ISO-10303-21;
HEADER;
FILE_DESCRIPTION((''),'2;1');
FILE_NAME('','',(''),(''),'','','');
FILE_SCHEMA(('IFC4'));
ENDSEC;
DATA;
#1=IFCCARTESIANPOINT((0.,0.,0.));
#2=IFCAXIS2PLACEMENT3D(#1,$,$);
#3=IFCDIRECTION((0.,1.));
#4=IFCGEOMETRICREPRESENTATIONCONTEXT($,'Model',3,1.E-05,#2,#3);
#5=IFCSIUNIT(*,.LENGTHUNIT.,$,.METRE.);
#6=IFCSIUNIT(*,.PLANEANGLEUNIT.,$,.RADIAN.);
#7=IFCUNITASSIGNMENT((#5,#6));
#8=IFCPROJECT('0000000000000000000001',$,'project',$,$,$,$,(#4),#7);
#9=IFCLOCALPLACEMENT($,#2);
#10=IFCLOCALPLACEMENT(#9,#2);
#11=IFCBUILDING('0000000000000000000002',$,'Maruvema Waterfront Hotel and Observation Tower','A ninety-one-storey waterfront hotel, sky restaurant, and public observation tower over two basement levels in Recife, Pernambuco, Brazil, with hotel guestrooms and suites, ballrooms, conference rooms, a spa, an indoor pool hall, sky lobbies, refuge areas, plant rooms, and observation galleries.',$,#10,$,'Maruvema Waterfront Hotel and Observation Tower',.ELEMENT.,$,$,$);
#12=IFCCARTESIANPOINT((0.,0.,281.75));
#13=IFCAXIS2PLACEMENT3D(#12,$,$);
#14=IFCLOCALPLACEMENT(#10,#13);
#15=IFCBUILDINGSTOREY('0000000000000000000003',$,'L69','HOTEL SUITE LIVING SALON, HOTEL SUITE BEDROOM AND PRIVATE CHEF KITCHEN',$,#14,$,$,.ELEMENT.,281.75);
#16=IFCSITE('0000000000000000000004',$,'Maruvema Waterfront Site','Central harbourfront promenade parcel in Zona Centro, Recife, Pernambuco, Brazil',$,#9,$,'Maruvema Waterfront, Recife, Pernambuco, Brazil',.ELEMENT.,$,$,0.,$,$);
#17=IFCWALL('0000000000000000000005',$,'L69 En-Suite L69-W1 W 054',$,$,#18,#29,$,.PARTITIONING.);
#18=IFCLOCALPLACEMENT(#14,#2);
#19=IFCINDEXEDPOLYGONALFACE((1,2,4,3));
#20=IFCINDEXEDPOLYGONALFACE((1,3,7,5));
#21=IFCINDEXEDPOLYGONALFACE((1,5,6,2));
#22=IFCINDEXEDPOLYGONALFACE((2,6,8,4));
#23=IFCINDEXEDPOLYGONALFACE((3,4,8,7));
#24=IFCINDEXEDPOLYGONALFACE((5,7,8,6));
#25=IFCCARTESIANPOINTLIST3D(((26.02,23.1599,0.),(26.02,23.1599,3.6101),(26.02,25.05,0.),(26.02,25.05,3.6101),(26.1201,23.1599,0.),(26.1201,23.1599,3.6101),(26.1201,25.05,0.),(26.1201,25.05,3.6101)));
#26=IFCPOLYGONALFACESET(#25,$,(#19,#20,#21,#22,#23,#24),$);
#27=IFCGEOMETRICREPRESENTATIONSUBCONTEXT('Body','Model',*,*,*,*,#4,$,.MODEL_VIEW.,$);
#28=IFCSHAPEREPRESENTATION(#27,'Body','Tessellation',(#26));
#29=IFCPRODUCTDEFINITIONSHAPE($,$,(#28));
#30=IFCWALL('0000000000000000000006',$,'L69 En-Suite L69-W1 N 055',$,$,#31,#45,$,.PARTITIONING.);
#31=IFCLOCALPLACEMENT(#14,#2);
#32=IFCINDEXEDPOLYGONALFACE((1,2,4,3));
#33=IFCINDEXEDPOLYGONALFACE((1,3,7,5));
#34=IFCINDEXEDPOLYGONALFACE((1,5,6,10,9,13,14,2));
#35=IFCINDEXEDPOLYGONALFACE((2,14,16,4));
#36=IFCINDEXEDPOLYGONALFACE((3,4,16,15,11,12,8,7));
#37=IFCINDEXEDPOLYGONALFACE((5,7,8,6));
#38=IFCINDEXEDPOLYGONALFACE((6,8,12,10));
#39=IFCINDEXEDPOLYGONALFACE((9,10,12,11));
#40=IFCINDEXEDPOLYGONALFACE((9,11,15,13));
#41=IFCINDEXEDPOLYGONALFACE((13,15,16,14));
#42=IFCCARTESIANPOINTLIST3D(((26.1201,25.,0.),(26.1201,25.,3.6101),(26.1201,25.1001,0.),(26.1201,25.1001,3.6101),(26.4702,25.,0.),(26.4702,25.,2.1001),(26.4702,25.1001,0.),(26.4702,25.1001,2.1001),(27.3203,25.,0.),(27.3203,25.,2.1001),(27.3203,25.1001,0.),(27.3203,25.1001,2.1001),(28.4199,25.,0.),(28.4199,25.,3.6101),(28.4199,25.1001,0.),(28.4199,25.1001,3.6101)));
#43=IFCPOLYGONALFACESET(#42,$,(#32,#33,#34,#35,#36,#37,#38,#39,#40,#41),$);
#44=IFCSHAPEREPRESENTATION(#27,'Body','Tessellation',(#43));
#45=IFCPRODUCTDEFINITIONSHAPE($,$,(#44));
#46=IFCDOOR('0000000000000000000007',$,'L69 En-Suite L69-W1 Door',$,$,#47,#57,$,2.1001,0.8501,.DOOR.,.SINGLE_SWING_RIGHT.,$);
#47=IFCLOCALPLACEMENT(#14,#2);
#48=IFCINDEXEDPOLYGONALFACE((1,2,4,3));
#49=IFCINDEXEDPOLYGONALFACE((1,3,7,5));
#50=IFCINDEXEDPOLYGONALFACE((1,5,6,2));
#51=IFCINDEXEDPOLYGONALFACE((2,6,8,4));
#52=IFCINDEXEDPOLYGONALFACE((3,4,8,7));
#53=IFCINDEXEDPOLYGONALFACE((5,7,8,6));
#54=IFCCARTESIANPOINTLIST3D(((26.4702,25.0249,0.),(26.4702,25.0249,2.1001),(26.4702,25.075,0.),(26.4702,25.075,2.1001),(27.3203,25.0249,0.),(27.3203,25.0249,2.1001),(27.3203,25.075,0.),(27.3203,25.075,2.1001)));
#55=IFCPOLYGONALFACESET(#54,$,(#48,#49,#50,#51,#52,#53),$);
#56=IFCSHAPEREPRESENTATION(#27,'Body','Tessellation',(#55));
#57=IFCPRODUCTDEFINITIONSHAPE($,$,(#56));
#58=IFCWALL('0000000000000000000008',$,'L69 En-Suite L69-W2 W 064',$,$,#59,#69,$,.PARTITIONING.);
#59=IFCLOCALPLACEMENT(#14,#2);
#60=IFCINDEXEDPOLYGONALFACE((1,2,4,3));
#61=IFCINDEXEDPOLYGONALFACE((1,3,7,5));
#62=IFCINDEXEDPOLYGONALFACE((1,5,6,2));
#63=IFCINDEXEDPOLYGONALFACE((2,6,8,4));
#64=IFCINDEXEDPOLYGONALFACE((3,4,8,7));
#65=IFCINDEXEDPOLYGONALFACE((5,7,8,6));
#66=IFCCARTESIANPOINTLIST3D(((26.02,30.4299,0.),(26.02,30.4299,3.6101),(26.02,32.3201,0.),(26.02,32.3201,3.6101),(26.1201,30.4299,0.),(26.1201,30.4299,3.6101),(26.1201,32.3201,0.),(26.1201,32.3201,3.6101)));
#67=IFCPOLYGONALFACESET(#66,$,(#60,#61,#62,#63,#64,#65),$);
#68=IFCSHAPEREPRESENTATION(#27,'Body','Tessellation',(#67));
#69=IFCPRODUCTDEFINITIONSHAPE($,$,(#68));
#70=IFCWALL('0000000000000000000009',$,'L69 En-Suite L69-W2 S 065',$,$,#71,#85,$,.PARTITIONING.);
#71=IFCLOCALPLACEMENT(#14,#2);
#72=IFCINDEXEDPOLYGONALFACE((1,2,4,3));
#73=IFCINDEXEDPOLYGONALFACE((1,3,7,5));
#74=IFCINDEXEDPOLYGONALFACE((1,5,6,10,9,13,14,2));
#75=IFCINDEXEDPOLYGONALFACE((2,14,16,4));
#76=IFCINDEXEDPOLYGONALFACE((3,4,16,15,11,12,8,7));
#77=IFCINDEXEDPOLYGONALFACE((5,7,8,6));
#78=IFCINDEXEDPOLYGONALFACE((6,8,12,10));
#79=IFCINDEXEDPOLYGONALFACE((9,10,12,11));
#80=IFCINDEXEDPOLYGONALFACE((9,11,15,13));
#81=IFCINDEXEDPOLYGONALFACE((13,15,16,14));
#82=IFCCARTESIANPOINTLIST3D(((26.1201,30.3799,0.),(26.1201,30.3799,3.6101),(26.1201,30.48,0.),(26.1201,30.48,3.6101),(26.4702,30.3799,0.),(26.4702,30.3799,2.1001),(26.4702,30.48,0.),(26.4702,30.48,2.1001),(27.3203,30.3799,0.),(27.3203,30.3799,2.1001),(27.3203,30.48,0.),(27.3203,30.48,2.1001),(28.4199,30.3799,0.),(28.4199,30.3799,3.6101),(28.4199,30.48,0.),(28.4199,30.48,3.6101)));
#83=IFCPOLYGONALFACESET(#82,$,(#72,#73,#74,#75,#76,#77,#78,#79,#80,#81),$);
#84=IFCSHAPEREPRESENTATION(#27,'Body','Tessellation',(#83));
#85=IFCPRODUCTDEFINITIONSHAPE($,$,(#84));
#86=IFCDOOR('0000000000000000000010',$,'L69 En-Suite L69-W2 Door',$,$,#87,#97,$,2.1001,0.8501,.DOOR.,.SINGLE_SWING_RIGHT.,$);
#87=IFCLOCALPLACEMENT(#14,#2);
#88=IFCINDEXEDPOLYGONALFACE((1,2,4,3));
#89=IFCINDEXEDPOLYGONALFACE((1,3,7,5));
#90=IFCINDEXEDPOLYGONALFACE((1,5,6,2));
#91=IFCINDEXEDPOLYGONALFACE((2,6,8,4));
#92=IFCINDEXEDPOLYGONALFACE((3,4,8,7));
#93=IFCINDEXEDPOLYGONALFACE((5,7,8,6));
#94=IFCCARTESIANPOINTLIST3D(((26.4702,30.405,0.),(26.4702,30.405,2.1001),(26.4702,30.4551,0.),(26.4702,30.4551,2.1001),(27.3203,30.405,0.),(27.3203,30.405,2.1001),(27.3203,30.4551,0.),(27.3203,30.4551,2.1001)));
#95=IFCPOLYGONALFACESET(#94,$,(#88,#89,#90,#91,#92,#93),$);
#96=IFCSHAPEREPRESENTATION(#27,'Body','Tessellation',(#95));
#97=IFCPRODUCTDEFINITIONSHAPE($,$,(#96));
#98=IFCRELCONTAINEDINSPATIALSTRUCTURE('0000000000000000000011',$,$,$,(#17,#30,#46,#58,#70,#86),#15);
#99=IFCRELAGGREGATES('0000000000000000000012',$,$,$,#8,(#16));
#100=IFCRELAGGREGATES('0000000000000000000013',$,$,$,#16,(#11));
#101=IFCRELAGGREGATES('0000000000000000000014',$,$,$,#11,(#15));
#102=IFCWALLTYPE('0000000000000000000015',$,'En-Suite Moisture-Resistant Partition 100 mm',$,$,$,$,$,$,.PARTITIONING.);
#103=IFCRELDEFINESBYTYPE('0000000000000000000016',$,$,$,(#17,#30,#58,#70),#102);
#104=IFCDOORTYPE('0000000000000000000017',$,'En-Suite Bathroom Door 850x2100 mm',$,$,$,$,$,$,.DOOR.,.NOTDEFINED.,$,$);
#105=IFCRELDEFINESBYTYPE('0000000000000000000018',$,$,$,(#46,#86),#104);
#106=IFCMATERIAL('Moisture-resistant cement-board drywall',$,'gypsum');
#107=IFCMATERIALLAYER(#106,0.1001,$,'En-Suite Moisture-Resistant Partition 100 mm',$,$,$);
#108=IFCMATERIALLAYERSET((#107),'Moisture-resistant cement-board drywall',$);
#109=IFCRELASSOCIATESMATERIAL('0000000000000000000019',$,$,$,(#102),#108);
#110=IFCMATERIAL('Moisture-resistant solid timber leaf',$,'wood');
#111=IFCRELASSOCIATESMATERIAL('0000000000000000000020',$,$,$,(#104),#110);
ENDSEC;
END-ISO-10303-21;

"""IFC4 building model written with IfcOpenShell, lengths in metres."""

from ifc_helpers import new_model, si_unit, direction, frame, frame_2d, origin, place, context, subcontext, project, spatial, rectangle, extrude, material, layer, layer_set, type_object, element, fill, save


model = new_model("IFC4")

# Units and contexts
model_context = context("Model", 3, precision=1e-05, world=origin(), true_north=direction((0.0, 1.0)))
body_context = subcontext(model_context, "Body", "Model", "MODEL_VIEW")
ifc_project = project(units=[si_unit("LENGTHUNIT", "METRE"), si_unit("PLANEANGLEUNIT", "RADIAN")], contexts=[model_context])

# Site, building, storey
site_placement = place(None, origin())
site = spatial("IfcSite", under=ifc_project, at=site_placement, Name="Maruvema Waterfront Site", Description="Central harbourfront promenade parcel in Zona Centro, Recife, Pernambuco, Brazil", LongName="Maruvema Waterfront, Recife, Pernambuco, Brazil", CompositionType="ELEMENT", RefElevation=0.0)
building_placement = place(site_placement, origin())
building = spatial("IfcBuilding", under=site, at=building_placement, Name="Maruvema Waterfront Hotel and Observation Tower", Description="A ninety-one-storey waterfront hotel, sky restaurant, and public observation tower over two basement levels in Recife, Pernambuco, Brazil, with hotel guestrooms and suites, ballrooms, conference rooms, a spa, an indoor pool hall, sky lobbies, refuge areas, plant rooms, and observation galleries.", LongName="Maruvema Waterfront Hotel and Observation Tower", CompositionType="ELEMENT")
storey_placement = place(building_placement, frame((0.0, 0.0, 281.75)))
storey = spatial("IfcBuildingStorey", under=building, at=storey_placement, Name="L69", Description="HOTEL SUITE LIVING SALON, HOTEL SUITE BEDROOM AND PRIVATE CHEF KITCHEN", CompositionType="ELEMENT", Elevation=281.75)

# Wall
ifc_material_1 = material(Name="Moisture-resistant cement-board drywall", Category="gypsum")
ifc_layer_1 = layer(ifc_material_1, 0.1001, Name="En-Suite Moisture-Resistant Partition 100 mm")
ifc_layer_set_1 = layer_set([ifc_layer_1], Name="Moisture-resistant cement-board drywall")
wall_type_1 = type_object("IfcWallType", Name="En-Suite Moisture-Resistant Partition 100 mm", PredefinedType="PARTITIONING", material=ifc_layer_set_1)
wall_1_placement = place(storey_placement, frame((26.0701, 23.1599, 0.0), z_axis=(0.0, 0.0, 1.0), x_axis=(0.0, 1.0, 0.0)))
element("IfcWall", 1, at=wall_1_placement, inside=storey, type_object=wall_type_1, Name="L69 En-Suite L69-W1 W 054", PredefinedType="PARTITIONING", context=body_context, shape_type="SweptSolid", body=[
    extrude(rectangle(XDim=1.8901, YDim=0.1001, at=frame_2d((0.9451, 0.0))), origin(), (0.0, 0.0, 1.0), 3.6101),
])

# Wall, opening, door
wall_2_placement = place(storey_placement, frame((26.1201, 25.05, 0.0), z_axis=(0.0, 0.0, 1.0), x_axis=(1.0, 0.0, 0.0)))
wall_2 = element("IfcWall", 2, at=wall_2_placement, inside=storey, type_object=wall_type_1, Name="L69 En-Suite L69-W1 N 055", PredefinedType="PARTITIONING", context=body_context, shape_type="SweptSolid", body=[
    extrude(rectangle(XDim=2.2998, YDim=0.1001, at=frame_2d((1.1499, 0.0))), origin(), (0.0, 0.0, 1.0), 3.6101),
])
opening_1_placement = place(wall_2_placement, frame((0.3501, 0.0, 0.0)))
opening_1 = element("IfcOpeningElement", 3, at=opening_1_placement, cuts=wall_2, PredefinedType="OPENING", context=body_context, shape_type="SweptSolid", body=[
    extrude(rectangle(XDim=0.8501, YDim=2.1001, at=frame_2d((0.425, 1.05))), frame((0.0, 0.0601, 0.0), z_axis=(0.0, -1.0, 0.0), x_axis=(1.0, 0.0, 0.0)), (0.0, 0.0, 1.0), 0.1201),
])
ifc_material_2 = material(Name="Moisture-resistant solid timber leaf", Category="wood")
door_type_1 = type_object("IfcDoorType", Name="En-Suite Bathroom Door 850x2100 mm", OperationType="NOTDEFINED", PredefinedType="DOOR", material=ifc_material_2)
door_1_placement = place(opening_1_placement, origin())
door_1 = element("IfcDoor", 4, at=door_1_placement, inside=storey, type_object=door_type_1, Name="L69 En-Suite L69-W1 Door", OperationType="SINGLE_SWING_RIGHT", OverallHeight=2.1001, OverallWidth=0.8501, PredefinedType="DOOR", context=body_context, shape_type="SweptSolid", body=[
    extrude(rectangle(XDim=0.8501, YDim=2.1001, at=frame_2d((0.425, 1.05))), frame((0.0, 0.0249, 0.0), z_axis=(0.0, -1.0, 0.0), x_axis=(1.0, 0.0, 0.0)), (0.0, 0.0, 1.0), 0.05),
])
fill(opening_1, door_1)

# Wall
wall_3_placement = place(storey_placement, frame((26.0701, 30.4299, 0.0), z_axis=(0.0, 0.0, 1.0), x_axis=(0.0, 1.0, 0.0)))
element("IfcWall", 5, at=wall_3_placement, inside=storey, type_object=wall_type_1, Name="L69 En-Suite L69-W2 W 064", PredefinedType="PARTITIONING", context=body_context, shape_type="SweptSolid", body=[
    extrude(rectangle(XDim=1.8901, YDim=0.1001, at=frame_2d((0.9451, 0.0))), origin(), (0.0, 0.0, 1.0), 3.6101),
])

# Wall, opening, door
wall_4_placement = place(storey_placement, frame((26.1201, 30.4299, 0.0), z_axis=(0.0, 0.0, 1.0), x_axis=(1.0, 0.0, 0.0)))
wall_4 = element("IfcWall", 6, at=wall_4_placement, inside=storey, type_object=wall_type_1, Name="L69 En-Suite L69-W2 S 065", PredefinedType="PARTITIONING", context=body_context, shape_type="SweptSolid", body=[
    extrude(rectangle(XDim=2.2998, YDim=0.1001, at=frame_2d((1.1499, 0.0))), origin(), (0.0, 0.0, 1.0), 3.6101),
])
opening_2_placement = place(wall_4_placement, frame((0.3501, 0.0, 0.0)))
opening_2 = element("IfcOpeningElement", 7, at=opening_2_placement, cuts=wall_4, PredefinedType="OPENING", context=body_context, shape_type="SweptSolid", body=[
    extrude(rectangle(XDim=0.8501, YDim=2.1001, at=frame_2d((0.425, 1.05))), frame((0.0, 0.0601, 0.0), z_axis=(0.0, -1.0, 0.0), x_axis=(1.0, 0.0, 0.0)), (0.0, 0.0, 1.0), 0.1201),
])
door_2_placement = place(opening_2_placement, frame((0.8501, 0.0, 0.0), z_axis=(0.0, 0.0, 1.0), x_axis=(-1.0, 0.0, 0.0)))
door_2 = element("IfcDoor", 8, at=door_2_placement, inside=storey, type_object=door_type_1, Name="L69 En-Suite L69-W2 Door", OperationType="SINGLE_SWING_RIGHT", OverallHeight=2.1001, OverallWidth=0.8501, PredefinedType="DOOR", context=body_context, shape_type="SweptSolid", body=[
    extrude(rectangle(XDim=0.8501, YDim=2.1001, at=frame_2d((0.425, 1.05))), frame((0.0, 0.0249, 0.0), z_axis=(0.0, -1.0, 0.0), x_axis=(1.0, 0.0, 0.0)), (0.0, 0.0, 1.0), 0.05),
])
fill(opening_2, door_2)

save(model, "model.ifc")
